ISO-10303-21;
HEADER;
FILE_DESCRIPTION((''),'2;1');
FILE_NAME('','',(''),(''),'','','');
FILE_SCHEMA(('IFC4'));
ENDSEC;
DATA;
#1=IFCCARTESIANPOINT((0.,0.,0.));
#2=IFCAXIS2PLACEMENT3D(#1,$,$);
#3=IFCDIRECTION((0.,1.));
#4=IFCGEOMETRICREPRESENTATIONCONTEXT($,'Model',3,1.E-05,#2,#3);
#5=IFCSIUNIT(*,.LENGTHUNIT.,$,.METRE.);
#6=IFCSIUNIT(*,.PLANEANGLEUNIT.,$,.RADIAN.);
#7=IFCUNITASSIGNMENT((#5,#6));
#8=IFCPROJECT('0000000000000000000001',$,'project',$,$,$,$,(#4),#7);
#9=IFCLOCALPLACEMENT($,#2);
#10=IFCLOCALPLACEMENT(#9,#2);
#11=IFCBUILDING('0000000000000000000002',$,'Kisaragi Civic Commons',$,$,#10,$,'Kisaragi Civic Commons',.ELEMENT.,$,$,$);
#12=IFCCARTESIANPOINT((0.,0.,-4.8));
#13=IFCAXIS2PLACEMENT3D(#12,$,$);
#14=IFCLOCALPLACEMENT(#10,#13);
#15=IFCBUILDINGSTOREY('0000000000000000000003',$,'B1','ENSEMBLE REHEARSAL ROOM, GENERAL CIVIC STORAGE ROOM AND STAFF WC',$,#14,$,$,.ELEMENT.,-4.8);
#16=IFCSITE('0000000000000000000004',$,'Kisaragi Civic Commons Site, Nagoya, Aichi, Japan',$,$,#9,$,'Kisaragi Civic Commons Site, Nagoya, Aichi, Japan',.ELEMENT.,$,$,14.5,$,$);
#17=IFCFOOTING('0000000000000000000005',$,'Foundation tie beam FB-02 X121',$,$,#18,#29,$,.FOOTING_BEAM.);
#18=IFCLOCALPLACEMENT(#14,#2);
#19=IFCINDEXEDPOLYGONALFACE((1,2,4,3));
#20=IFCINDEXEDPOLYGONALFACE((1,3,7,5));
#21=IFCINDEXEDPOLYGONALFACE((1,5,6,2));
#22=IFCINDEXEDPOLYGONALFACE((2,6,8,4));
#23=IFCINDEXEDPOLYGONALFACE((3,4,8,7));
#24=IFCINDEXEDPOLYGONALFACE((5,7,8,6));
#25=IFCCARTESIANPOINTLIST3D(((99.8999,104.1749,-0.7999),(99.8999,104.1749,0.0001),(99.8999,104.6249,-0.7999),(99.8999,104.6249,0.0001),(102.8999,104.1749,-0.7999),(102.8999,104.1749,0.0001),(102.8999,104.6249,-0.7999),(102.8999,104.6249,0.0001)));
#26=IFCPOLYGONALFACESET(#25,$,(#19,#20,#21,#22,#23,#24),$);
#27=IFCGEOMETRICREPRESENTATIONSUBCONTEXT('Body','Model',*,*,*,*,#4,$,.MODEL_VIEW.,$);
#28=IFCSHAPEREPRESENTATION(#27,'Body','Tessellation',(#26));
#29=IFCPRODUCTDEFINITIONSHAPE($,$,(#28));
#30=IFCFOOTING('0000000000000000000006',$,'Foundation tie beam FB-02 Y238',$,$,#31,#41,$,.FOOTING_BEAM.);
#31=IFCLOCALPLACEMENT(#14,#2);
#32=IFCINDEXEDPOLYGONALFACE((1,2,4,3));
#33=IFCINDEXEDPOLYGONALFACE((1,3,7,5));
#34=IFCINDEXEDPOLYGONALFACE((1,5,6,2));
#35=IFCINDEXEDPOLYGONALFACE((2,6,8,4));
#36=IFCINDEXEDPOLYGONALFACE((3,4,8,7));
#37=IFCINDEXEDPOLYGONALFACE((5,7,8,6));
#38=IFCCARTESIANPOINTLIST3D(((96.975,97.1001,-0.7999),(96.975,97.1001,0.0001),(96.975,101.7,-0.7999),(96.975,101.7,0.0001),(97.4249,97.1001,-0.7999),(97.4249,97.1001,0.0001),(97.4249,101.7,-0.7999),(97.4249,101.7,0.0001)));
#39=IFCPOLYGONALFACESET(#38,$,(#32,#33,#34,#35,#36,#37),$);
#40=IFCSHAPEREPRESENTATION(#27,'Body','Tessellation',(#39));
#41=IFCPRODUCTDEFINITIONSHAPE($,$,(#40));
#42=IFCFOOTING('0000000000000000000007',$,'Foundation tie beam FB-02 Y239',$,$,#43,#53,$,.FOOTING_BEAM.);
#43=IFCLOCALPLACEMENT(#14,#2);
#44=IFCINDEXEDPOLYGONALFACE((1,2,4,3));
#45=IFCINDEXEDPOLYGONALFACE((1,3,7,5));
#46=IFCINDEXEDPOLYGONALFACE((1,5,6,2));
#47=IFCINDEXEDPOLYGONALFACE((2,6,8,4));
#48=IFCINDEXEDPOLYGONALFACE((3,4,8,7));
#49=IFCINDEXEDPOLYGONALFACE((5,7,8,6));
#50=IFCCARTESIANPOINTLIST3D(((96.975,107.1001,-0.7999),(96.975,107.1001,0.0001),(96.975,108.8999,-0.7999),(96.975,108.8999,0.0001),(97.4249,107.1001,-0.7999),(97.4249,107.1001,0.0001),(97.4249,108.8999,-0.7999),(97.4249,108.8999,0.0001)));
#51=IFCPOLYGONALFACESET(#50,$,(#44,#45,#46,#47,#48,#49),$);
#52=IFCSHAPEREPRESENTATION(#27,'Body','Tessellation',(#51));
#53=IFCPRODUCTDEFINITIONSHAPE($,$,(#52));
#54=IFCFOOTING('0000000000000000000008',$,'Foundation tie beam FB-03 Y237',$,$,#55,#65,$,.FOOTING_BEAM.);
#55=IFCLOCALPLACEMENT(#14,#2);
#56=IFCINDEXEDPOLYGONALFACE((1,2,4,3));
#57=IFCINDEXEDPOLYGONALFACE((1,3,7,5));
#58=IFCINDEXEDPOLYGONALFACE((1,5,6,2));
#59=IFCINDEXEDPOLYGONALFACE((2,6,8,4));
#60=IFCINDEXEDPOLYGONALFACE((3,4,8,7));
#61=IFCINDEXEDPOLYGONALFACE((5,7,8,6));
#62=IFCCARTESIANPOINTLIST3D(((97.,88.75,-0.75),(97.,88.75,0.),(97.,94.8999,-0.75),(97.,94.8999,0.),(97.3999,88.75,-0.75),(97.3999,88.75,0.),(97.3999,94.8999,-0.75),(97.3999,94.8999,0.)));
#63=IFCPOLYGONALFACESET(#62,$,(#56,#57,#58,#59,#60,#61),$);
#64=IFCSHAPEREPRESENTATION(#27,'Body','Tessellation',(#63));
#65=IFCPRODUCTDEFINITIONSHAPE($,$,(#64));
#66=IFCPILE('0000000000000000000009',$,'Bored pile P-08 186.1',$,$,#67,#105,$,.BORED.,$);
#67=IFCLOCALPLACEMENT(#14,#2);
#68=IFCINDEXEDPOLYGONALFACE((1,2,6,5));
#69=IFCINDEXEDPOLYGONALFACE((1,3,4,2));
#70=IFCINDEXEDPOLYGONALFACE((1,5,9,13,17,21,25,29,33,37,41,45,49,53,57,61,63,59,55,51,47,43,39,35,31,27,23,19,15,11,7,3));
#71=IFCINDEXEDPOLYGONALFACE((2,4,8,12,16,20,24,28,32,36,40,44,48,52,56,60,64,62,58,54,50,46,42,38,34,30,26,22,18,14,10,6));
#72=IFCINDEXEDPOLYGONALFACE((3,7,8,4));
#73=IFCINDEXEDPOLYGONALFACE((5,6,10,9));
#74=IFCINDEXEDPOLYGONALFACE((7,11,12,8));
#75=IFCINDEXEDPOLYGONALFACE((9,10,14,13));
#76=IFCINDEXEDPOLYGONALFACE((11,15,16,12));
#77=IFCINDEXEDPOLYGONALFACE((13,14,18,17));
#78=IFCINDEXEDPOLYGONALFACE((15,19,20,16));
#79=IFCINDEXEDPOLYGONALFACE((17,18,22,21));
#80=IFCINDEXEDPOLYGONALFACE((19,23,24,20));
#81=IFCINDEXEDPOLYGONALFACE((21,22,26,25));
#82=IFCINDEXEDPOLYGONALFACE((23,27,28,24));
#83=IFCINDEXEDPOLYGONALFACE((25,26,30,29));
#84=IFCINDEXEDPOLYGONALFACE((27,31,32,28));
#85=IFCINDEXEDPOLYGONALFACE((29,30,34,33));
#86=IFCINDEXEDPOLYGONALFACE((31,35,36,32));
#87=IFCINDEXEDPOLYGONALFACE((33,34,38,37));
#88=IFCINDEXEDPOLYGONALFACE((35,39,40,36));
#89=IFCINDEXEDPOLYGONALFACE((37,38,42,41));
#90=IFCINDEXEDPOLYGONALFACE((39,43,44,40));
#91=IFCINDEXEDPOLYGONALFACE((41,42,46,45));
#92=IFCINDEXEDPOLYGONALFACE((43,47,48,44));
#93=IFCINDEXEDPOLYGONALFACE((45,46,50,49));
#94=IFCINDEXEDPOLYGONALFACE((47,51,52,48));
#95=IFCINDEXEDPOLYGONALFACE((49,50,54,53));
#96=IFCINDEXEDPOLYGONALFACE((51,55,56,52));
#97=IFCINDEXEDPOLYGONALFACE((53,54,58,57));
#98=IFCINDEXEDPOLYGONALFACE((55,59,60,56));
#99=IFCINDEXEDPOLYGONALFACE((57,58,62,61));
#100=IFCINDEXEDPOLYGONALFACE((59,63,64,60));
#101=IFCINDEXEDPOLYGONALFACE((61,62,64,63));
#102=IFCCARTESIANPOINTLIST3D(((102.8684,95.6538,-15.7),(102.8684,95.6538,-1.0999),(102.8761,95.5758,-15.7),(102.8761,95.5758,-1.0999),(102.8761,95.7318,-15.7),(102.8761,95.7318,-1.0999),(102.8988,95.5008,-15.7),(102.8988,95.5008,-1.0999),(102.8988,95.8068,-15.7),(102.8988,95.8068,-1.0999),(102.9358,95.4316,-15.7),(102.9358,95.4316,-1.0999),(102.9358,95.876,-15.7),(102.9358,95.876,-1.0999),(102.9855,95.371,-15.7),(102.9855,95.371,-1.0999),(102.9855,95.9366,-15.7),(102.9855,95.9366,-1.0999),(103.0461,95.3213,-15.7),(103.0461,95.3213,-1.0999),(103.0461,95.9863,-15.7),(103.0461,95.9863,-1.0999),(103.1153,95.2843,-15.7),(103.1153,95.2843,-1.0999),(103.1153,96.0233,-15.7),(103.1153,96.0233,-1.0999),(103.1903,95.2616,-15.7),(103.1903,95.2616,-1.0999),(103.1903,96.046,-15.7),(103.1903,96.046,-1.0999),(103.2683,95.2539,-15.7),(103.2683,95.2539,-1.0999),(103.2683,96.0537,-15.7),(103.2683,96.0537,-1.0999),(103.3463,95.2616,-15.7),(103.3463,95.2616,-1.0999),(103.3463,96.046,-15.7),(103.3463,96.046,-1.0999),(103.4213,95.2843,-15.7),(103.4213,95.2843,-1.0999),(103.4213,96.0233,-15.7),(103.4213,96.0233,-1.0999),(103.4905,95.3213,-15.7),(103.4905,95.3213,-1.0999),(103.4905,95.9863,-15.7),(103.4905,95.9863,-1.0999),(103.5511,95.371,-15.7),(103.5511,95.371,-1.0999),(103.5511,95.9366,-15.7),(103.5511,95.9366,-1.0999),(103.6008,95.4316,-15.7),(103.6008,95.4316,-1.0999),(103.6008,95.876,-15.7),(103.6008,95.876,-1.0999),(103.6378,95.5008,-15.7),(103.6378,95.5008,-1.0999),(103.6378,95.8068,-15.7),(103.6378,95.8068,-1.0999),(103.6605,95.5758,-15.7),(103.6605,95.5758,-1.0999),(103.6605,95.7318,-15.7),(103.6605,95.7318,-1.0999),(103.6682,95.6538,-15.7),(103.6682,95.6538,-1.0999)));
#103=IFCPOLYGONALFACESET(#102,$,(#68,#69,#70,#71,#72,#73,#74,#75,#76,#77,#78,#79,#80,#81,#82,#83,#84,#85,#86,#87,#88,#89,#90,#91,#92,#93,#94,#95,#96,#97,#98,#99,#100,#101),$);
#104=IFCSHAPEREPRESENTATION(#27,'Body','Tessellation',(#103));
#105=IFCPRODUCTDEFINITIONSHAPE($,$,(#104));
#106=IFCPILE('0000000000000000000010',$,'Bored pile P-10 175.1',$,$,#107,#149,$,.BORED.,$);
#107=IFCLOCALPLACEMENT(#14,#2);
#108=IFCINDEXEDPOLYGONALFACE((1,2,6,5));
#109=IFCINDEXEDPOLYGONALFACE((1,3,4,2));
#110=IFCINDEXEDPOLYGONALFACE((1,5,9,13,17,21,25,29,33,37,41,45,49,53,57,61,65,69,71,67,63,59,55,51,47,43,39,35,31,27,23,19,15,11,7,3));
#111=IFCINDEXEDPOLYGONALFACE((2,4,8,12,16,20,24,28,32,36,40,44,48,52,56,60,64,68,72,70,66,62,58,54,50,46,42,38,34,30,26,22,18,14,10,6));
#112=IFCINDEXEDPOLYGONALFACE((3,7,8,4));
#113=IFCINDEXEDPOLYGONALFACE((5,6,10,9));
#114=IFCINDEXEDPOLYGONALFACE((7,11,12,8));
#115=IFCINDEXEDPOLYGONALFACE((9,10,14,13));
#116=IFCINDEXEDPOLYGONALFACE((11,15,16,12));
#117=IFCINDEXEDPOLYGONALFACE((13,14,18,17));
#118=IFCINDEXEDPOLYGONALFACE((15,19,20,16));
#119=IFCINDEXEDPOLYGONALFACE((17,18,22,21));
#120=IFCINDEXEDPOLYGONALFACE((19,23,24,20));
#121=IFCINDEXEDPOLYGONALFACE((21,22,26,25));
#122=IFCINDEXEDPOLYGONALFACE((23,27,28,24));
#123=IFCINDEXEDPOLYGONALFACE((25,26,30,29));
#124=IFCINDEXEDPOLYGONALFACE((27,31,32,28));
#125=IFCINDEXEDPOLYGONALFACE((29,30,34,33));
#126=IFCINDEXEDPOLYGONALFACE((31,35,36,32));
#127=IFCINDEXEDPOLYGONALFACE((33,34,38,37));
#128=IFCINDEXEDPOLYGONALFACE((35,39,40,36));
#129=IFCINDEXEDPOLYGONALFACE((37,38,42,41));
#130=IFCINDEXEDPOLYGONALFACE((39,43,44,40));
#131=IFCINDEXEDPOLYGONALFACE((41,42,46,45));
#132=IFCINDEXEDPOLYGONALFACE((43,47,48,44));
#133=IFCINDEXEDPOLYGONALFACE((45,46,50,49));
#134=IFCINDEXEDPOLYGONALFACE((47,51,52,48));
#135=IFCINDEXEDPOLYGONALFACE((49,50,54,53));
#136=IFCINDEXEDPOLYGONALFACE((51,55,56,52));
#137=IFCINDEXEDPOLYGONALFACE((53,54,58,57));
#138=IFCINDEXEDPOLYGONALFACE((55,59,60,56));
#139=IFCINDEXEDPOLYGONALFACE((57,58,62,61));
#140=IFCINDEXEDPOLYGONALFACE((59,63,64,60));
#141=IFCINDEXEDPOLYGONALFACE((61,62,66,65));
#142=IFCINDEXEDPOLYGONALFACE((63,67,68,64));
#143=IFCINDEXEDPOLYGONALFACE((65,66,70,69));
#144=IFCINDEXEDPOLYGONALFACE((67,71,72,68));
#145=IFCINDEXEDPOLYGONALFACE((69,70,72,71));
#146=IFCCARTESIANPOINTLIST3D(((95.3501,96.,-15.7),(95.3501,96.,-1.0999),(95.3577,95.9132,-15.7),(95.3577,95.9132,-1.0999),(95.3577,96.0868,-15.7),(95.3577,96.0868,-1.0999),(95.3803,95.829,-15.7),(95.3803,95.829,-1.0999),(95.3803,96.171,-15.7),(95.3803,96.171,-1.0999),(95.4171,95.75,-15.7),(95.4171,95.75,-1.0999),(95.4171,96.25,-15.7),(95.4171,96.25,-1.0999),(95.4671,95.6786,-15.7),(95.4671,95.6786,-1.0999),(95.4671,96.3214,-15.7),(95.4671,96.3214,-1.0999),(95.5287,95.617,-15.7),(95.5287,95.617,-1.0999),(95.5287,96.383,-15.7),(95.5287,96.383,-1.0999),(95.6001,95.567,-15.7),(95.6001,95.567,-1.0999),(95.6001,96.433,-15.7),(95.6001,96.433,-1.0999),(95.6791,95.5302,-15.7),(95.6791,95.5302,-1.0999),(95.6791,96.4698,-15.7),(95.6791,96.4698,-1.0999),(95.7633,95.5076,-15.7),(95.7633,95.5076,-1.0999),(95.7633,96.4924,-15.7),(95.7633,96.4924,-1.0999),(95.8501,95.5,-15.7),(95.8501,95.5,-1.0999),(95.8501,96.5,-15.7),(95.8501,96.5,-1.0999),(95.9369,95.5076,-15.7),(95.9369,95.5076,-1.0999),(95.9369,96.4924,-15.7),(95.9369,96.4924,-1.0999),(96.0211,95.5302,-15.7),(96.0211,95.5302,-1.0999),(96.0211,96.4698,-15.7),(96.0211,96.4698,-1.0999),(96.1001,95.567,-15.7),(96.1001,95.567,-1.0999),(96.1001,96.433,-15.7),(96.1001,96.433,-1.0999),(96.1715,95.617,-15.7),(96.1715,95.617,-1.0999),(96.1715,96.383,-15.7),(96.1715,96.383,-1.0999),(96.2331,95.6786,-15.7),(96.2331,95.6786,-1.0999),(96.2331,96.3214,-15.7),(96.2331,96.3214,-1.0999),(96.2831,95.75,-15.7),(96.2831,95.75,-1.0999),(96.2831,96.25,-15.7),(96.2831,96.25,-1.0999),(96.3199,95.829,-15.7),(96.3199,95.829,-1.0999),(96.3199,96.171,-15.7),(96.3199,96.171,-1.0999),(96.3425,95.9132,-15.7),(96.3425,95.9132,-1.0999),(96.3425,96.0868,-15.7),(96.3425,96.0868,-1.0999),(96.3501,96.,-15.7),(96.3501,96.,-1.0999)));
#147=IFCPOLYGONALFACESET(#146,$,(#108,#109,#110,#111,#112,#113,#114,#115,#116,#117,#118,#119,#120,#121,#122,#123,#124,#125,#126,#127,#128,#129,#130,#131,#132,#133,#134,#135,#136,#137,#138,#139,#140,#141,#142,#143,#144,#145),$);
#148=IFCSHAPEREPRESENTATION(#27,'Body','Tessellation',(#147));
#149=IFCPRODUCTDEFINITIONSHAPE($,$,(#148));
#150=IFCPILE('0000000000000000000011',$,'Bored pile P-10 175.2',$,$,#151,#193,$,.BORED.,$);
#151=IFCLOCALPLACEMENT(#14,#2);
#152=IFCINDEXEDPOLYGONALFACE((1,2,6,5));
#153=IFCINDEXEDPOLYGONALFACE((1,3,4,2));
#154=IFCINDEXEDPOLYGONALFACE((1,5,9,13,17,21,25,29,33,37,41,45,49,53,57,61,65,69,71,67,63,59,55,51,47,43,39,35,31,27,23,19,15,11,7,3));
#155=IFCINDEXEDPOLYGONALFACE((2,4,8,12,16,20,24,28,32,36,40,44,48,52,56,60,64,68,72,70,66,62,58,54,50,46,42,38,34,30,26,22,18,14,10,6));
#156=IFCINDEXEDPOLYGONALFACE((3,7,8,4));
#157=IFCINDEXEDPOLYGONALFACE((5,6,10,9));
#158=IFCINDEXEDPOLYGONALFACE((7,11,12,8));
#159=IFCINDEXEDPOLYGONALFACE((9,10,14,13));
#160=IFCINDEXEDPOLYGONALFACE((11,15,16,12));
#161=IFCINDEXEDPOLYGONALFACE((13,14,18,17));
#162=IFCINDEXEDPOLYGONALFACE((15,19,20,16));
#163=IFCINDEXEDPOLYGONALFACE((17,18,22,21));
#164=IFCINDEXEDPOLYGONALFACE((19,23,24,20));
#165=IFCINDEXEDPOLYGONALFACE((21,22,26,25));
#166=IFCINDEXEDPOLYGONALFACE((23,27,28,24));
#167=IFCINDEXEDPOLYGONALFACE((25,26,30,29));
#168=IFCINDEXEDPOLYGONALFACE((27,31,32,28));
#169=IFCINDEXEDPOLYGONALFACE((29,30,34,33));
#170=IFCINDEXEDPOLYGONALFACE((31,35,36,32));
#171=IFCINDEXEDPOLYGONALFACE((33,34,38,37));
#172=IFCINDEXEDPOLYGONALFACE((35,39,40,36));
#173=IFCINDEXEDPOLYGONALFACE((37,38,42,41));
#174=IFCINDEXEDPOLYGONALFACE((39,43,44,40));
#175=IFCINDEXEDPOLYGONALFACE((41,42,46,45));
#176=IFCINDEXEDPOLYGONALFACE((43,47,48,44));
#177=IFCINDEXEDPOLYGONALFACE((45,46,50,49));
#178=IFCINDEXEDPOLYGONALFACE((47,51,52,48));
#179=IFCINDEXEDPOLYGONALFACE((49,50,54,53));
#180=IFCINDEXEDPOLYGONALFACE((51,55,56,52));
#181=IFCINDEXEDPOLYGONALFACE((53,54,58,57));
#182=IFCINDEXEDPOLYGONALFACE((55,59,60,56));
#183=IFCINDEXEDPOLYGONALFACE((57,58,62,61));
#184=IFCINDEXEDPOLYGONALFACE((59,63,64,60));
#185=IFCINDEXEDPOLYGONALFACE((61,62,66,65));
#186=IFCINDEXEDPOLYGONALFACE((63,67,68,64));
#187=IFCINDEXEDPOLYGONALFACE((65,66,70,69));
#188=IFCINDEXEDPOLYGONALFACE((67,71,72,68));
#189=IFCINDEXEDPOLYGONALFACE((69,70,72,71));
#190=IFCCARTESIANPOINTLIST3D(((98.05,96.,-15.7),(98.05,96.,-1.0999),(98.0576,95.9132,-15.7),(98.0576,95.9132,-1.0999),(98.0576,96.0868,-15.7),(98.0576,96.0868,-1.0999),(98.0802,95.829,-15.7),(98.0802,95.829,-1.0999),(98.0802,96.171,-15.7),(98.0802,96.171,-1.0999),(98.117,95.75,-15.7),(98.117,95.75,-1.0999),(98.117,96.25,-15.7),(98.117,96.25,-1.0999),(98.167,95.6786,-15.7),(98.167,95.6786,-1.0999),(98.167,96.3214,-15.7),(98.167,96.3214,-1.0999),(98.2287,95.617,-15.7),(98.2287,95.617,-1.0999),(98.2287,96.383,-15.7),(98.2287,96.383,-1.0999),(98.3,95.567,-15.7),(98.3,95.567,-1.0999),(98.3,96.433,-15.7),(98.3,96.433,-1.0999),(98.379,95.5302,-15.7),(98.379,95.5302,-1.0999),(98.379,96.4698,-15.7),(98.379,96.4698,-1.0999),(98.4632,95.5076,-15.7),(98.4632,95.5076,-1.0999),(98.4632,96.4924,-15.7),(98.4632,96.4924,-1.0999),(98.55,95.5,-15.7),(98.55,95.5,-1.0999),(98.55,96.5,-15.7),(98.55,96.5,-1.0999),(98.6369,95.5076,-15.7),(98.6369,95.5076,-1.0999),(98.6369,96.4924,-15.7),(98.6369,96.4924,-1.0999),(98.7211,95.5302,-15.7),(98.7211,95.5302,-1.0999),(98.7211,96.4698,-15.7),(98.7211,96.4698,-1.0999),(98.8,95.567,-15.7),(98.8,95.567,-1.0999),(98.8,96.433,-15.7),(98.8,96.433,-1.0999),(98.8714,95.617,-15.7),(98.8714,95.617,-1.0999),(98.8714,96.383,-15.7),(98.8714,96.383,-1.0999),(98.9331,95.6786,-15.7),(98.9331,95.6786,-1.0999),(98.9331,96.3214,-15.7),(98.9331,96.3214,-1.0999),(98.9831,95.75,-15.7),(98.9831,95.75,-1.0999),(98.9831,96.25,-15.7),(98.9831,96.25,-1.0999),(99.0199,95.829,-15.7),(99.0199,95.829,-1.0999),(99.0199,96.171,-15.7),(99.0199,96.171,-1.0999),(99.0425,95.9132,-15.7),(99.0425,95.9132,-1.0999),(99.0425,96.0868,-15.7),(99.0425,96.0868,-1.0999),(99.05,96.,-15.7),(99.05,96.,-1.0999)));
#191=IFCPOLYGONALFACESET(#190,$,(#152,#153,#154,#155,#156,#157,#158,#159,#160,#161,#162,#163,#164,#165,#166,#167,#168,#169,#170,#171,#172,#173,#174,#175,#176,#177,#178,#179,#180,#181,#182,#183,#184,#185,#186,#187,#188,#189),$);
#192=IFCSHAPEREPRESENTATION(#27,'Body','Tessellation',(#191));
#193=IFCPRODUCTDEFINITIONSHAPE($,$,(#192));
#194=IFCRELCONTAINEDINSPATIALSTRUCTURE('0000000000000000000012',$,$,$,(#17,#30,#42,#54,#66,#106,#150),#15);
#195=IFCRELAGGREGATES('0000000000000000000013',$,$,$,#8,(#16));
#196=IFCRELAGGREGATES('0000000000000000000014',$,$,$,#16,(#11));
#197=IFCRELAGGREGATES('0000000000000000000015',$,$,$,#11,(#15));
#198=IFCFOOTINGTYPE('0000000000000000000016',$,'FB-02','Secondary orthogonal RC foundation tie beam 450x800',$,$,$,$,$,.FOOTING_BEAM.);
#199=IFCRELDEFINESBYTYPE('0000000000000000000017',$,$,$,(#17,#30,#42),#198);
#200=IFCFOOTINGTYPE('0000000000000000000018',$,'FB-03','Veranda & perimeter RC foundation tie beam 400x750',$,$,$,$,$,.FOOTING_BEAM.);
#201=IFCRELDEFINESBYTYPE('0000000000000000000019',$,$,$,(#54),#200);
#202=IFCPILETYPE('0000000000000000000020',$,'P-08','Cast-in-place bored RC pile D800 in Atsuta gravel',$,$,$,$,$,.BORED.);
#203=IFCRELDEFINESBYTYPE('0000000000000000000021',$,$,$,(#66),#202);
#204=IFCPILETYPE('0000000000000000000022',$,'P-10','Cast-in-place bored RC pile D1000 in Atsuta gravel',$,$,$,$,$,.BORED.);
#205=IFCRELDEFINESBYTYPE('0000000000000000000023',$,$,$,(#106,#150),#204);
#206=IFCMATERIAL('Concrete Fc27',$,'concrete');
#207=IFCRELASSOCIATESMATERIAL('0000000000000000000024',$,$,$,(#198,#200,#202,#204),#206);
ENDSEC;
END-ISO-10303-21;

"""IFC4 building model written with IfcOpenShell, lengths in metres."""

from ifc_helpers import new_model, si_unit, direction, frame, origin, origin_2d, place, context, subcontext, project, spatial, rectangle, circle, extrude, material, material_profile, profile_set, type_object, element, save


model = new_model("IFC4")

# Units and contexts
model_context = context("Model", 3, precision=1e-05, world=origin(), true_north=direction((0.0, 1.0)))
body_context = subcontext(model_context, "Body", "Model", "MODEL_VIEW")
ifc_project = project(units=[si_unit("LENGTHUNIT", "METRE"), si_unit("PLANEANGLEUNIT", "RADIAN")], contexts=[model_context])

# Site, building, storey
site_placement = place(None, origin())
site = spatial("IfcSite", under=ifc_project, at=site_placement, Name="Kisaragi Civic Commons Site, Nagoya, Aichi, Japan", LongName="Kisaragi Civic Commons Site, Nagoya, Aichi, Japan", CompositionType="ELEMENT", RefElevation=14.5)
building_placement = place(site_placement, origin())
building = spatial("IfcBuilding", under=site, at=building_placement, Name="Kisaragi Civic Commons", LongName="Kisaragi Civic Commons", CompositionType="ELEMENT")
storey_placement = place(building_placement, frame((0.0, 0.0, -4.8)))
storey = spatial("IfcBuildingStorey", under=building, at=storey_placement, Name="B1", Description="ENSEMBLE REHEARSAL ROOM, GENERAL CIVIC STORAGE ROOM AND STAFF WC", CompositionType="ELEMENT", Elevation=-4.8)

# Footings
ifc_material_1 = material(Name="Concrete Fc27", Category="concrete")
ifc_material_profile_1 = material_profile(ifc_material_1, rectangle(XDim=0.45, YDim=0.8, at=origin_2d()), Name="RC-450x800", Category="concrete")
ifc_profile_set_1 = profile_set([ifc_material_profile_1], Name="Concrete Fc27")
footing_type_1 = type_object("IfcFootingType", Name="FB-02", Description="Secondary orthogonal RC foundation tie beam 450x800", PredefinedType="FOOTING_BEAM", material=ifc_profile_set_1)
footing_1_placement = place(storey_placement, frame((99.8999, 104.3999, -0.3999), z_axis=(1.0, 0.0, 0.0), x_axis=(0.0, 1.0, 0.0)))
element("IfcFooting", 1, at=footing_1_placement, inside=storey, type_object=footing_type_1, Name="Foundation tie beam FB-02 X121", PredefinedType="FOOTING_BEAM", context=body_context, shape_type="SweptSolid", body=[
    extrude(rectangle(XDim=0.45, YDim=0.8, at=origin_2d()), origin(), (0.0, 0.0, 1.0), 3.0),
])
footing_2_placement = place(storey_placement, frame((97.2, 97.1001, -0.3999), z_axis=(0.0, 1.0, 0.0), x_axis=(-1.0, 0.0, 0.0)))
element("IfcFooting", 2, at=footing_2_placement, inside=storey, type_object=footing_type_1, Name="Foundation tie beam FB-02 Y238", PredefinedType="FOOTING_BEAM", context=body_context, shape_type="SweptSolid", body=[
    extrude(rectangle(XDim=0.45, YDim=0.8, at=origin_2d()), origin(), (0.0, 0.0, 1.0), 4.5999),
])
footing_3_placement = place(storey_placement, frame((97.2, 107.1001, -0.3999), z_axis=(0.0, 1.0, 0.0), x_axis=(-1.0, 0.0, 0.0)))
element("IfcFooting", 3, at=footing_3_placement, inside=storey, type_object=footing_type_1, Name="Foundation tie beam FB-02 Y239", PredefinedType="FOOTING_BEAM", context=body_context, shape_type="SweptSolid", body=[
    extrude(rectangle(XDim=0.45, YDim=0.8, at=origin_2d()), origin(), (0.0, 0.0, 1.0), 1.7998),
])
ifc_material_profile_2 = material_profile(ifc_material_1, rectangle(XDim=0.3999, YDim=0.75, at=origin_2d()), Name="RC-400x750", Category="concrete")
ifc_profile_set_2 = profile_set([ifc_material_profile_2], Name="Concrete Fc27")
footing_type_2 = type_object("IfcFootingType", Name="FB-03", Description="Veranda & perimeter RC foundation tie beam 400x750", PredefinedType="FOOTING_BEAM", material=ifc_profile_set_2)
footing_4_placement = place(storey_placement, frame((97.2, 88.75, -0.375), z_axis=(0.0, 1.0, 0.0), x_axis=(-1.0, 0.0, 0.0)))
element("IfcFooting", 4, at=footing_4_placement, inside=storey, type_object=footing_type_2, Name="Foundation tie beam FB-03 Y237", PredefinedType="FOOTING_BEAM", context=body_context, shape_type="SweptSolid", body=[
    extrude(rectangle(XDim=0.3999, YDim=0.75, at=origin_2d()), origin(), (0.0, 0.0, 1.0), 6.1499),
])

# Piles
ifc_material_profile_3 = material_profile(ifc_material_1, circle(Radius=0.3999, at=origin_2d()), Name="PILE-D800", Category="concrete")
ifc_profile_set_3 = profile_set([ifc_material_profile_3], Name="Concrete Fc27")
pile_type_1 = type_object("IfcPileType", Name="P-08", Description="Cast-in-place bored RC pile D800 in Atsuta gravel", PredefinedType="BORED", material=ifc_profile_set_3)
pile_placement = place(storey_placement, frame((103.2683, 95.6538, -1.0999), z_axis=(0.0, 0.0, -1.0), x_axis=(1.0, 0.0, 0.0)))
element("IfcPile", 5, at=pile_placement, inside=storey, type_object=pile_type_1, Name="Bored pile P-08 186.1", PredefinedType="BORED", context=body_context, shape_type="SweptSolid", body=[
    extrude(circle(Radius=0.3999, at=origin_2d()), origin(), (0.0, 0.0, 1.0), 14.6001),
])
ifc_material_profile_4 = material_profile(ifc_material_1, circle(Radius=0.5, at=origin_2d()), Name="PILE-D1000", Category="concrete")
ifc_profile_set_4 = profile_set([ifc_material_profile_4], Name="Concrete Fc27")
pile_type_2 = type_object("IfcPileType", Name="P-10", Description="Cast-in-place bored RC pile D1000 in Atsuta gravel", PredefinedType="BORED", material=ifc_profile_set_4)
for number, where, z_axis, x_axis, name in (
    (6, (95.8501, 96.0, -1.0999), (0.0, 0.0, -1.0), (1.0, 0.0, 0.0), "Bored pile P-10 175.1"),
    (7, (98.55, 96.0, -1.0999), (0.0, 0.0, -1.0), (1.0, 0.0, 0.0), "Bored pile P-10 175.2"),
):
    element("IfcPile", number, at=place(storey_placement, frame(where, z_axis=z_axis, x_axis=x_axis)), inside=storey, type_object=pile_type_2, Name=name, PredefinedType="BORED", context=body_context, shape_type="SweptSolid", body=[
        extrude(circle(Radius=0.5, at=origin_2d()), origin(), (0.0, 0.0, 1.0), 14.6001),
    ])

save(model, "model.ifc")
